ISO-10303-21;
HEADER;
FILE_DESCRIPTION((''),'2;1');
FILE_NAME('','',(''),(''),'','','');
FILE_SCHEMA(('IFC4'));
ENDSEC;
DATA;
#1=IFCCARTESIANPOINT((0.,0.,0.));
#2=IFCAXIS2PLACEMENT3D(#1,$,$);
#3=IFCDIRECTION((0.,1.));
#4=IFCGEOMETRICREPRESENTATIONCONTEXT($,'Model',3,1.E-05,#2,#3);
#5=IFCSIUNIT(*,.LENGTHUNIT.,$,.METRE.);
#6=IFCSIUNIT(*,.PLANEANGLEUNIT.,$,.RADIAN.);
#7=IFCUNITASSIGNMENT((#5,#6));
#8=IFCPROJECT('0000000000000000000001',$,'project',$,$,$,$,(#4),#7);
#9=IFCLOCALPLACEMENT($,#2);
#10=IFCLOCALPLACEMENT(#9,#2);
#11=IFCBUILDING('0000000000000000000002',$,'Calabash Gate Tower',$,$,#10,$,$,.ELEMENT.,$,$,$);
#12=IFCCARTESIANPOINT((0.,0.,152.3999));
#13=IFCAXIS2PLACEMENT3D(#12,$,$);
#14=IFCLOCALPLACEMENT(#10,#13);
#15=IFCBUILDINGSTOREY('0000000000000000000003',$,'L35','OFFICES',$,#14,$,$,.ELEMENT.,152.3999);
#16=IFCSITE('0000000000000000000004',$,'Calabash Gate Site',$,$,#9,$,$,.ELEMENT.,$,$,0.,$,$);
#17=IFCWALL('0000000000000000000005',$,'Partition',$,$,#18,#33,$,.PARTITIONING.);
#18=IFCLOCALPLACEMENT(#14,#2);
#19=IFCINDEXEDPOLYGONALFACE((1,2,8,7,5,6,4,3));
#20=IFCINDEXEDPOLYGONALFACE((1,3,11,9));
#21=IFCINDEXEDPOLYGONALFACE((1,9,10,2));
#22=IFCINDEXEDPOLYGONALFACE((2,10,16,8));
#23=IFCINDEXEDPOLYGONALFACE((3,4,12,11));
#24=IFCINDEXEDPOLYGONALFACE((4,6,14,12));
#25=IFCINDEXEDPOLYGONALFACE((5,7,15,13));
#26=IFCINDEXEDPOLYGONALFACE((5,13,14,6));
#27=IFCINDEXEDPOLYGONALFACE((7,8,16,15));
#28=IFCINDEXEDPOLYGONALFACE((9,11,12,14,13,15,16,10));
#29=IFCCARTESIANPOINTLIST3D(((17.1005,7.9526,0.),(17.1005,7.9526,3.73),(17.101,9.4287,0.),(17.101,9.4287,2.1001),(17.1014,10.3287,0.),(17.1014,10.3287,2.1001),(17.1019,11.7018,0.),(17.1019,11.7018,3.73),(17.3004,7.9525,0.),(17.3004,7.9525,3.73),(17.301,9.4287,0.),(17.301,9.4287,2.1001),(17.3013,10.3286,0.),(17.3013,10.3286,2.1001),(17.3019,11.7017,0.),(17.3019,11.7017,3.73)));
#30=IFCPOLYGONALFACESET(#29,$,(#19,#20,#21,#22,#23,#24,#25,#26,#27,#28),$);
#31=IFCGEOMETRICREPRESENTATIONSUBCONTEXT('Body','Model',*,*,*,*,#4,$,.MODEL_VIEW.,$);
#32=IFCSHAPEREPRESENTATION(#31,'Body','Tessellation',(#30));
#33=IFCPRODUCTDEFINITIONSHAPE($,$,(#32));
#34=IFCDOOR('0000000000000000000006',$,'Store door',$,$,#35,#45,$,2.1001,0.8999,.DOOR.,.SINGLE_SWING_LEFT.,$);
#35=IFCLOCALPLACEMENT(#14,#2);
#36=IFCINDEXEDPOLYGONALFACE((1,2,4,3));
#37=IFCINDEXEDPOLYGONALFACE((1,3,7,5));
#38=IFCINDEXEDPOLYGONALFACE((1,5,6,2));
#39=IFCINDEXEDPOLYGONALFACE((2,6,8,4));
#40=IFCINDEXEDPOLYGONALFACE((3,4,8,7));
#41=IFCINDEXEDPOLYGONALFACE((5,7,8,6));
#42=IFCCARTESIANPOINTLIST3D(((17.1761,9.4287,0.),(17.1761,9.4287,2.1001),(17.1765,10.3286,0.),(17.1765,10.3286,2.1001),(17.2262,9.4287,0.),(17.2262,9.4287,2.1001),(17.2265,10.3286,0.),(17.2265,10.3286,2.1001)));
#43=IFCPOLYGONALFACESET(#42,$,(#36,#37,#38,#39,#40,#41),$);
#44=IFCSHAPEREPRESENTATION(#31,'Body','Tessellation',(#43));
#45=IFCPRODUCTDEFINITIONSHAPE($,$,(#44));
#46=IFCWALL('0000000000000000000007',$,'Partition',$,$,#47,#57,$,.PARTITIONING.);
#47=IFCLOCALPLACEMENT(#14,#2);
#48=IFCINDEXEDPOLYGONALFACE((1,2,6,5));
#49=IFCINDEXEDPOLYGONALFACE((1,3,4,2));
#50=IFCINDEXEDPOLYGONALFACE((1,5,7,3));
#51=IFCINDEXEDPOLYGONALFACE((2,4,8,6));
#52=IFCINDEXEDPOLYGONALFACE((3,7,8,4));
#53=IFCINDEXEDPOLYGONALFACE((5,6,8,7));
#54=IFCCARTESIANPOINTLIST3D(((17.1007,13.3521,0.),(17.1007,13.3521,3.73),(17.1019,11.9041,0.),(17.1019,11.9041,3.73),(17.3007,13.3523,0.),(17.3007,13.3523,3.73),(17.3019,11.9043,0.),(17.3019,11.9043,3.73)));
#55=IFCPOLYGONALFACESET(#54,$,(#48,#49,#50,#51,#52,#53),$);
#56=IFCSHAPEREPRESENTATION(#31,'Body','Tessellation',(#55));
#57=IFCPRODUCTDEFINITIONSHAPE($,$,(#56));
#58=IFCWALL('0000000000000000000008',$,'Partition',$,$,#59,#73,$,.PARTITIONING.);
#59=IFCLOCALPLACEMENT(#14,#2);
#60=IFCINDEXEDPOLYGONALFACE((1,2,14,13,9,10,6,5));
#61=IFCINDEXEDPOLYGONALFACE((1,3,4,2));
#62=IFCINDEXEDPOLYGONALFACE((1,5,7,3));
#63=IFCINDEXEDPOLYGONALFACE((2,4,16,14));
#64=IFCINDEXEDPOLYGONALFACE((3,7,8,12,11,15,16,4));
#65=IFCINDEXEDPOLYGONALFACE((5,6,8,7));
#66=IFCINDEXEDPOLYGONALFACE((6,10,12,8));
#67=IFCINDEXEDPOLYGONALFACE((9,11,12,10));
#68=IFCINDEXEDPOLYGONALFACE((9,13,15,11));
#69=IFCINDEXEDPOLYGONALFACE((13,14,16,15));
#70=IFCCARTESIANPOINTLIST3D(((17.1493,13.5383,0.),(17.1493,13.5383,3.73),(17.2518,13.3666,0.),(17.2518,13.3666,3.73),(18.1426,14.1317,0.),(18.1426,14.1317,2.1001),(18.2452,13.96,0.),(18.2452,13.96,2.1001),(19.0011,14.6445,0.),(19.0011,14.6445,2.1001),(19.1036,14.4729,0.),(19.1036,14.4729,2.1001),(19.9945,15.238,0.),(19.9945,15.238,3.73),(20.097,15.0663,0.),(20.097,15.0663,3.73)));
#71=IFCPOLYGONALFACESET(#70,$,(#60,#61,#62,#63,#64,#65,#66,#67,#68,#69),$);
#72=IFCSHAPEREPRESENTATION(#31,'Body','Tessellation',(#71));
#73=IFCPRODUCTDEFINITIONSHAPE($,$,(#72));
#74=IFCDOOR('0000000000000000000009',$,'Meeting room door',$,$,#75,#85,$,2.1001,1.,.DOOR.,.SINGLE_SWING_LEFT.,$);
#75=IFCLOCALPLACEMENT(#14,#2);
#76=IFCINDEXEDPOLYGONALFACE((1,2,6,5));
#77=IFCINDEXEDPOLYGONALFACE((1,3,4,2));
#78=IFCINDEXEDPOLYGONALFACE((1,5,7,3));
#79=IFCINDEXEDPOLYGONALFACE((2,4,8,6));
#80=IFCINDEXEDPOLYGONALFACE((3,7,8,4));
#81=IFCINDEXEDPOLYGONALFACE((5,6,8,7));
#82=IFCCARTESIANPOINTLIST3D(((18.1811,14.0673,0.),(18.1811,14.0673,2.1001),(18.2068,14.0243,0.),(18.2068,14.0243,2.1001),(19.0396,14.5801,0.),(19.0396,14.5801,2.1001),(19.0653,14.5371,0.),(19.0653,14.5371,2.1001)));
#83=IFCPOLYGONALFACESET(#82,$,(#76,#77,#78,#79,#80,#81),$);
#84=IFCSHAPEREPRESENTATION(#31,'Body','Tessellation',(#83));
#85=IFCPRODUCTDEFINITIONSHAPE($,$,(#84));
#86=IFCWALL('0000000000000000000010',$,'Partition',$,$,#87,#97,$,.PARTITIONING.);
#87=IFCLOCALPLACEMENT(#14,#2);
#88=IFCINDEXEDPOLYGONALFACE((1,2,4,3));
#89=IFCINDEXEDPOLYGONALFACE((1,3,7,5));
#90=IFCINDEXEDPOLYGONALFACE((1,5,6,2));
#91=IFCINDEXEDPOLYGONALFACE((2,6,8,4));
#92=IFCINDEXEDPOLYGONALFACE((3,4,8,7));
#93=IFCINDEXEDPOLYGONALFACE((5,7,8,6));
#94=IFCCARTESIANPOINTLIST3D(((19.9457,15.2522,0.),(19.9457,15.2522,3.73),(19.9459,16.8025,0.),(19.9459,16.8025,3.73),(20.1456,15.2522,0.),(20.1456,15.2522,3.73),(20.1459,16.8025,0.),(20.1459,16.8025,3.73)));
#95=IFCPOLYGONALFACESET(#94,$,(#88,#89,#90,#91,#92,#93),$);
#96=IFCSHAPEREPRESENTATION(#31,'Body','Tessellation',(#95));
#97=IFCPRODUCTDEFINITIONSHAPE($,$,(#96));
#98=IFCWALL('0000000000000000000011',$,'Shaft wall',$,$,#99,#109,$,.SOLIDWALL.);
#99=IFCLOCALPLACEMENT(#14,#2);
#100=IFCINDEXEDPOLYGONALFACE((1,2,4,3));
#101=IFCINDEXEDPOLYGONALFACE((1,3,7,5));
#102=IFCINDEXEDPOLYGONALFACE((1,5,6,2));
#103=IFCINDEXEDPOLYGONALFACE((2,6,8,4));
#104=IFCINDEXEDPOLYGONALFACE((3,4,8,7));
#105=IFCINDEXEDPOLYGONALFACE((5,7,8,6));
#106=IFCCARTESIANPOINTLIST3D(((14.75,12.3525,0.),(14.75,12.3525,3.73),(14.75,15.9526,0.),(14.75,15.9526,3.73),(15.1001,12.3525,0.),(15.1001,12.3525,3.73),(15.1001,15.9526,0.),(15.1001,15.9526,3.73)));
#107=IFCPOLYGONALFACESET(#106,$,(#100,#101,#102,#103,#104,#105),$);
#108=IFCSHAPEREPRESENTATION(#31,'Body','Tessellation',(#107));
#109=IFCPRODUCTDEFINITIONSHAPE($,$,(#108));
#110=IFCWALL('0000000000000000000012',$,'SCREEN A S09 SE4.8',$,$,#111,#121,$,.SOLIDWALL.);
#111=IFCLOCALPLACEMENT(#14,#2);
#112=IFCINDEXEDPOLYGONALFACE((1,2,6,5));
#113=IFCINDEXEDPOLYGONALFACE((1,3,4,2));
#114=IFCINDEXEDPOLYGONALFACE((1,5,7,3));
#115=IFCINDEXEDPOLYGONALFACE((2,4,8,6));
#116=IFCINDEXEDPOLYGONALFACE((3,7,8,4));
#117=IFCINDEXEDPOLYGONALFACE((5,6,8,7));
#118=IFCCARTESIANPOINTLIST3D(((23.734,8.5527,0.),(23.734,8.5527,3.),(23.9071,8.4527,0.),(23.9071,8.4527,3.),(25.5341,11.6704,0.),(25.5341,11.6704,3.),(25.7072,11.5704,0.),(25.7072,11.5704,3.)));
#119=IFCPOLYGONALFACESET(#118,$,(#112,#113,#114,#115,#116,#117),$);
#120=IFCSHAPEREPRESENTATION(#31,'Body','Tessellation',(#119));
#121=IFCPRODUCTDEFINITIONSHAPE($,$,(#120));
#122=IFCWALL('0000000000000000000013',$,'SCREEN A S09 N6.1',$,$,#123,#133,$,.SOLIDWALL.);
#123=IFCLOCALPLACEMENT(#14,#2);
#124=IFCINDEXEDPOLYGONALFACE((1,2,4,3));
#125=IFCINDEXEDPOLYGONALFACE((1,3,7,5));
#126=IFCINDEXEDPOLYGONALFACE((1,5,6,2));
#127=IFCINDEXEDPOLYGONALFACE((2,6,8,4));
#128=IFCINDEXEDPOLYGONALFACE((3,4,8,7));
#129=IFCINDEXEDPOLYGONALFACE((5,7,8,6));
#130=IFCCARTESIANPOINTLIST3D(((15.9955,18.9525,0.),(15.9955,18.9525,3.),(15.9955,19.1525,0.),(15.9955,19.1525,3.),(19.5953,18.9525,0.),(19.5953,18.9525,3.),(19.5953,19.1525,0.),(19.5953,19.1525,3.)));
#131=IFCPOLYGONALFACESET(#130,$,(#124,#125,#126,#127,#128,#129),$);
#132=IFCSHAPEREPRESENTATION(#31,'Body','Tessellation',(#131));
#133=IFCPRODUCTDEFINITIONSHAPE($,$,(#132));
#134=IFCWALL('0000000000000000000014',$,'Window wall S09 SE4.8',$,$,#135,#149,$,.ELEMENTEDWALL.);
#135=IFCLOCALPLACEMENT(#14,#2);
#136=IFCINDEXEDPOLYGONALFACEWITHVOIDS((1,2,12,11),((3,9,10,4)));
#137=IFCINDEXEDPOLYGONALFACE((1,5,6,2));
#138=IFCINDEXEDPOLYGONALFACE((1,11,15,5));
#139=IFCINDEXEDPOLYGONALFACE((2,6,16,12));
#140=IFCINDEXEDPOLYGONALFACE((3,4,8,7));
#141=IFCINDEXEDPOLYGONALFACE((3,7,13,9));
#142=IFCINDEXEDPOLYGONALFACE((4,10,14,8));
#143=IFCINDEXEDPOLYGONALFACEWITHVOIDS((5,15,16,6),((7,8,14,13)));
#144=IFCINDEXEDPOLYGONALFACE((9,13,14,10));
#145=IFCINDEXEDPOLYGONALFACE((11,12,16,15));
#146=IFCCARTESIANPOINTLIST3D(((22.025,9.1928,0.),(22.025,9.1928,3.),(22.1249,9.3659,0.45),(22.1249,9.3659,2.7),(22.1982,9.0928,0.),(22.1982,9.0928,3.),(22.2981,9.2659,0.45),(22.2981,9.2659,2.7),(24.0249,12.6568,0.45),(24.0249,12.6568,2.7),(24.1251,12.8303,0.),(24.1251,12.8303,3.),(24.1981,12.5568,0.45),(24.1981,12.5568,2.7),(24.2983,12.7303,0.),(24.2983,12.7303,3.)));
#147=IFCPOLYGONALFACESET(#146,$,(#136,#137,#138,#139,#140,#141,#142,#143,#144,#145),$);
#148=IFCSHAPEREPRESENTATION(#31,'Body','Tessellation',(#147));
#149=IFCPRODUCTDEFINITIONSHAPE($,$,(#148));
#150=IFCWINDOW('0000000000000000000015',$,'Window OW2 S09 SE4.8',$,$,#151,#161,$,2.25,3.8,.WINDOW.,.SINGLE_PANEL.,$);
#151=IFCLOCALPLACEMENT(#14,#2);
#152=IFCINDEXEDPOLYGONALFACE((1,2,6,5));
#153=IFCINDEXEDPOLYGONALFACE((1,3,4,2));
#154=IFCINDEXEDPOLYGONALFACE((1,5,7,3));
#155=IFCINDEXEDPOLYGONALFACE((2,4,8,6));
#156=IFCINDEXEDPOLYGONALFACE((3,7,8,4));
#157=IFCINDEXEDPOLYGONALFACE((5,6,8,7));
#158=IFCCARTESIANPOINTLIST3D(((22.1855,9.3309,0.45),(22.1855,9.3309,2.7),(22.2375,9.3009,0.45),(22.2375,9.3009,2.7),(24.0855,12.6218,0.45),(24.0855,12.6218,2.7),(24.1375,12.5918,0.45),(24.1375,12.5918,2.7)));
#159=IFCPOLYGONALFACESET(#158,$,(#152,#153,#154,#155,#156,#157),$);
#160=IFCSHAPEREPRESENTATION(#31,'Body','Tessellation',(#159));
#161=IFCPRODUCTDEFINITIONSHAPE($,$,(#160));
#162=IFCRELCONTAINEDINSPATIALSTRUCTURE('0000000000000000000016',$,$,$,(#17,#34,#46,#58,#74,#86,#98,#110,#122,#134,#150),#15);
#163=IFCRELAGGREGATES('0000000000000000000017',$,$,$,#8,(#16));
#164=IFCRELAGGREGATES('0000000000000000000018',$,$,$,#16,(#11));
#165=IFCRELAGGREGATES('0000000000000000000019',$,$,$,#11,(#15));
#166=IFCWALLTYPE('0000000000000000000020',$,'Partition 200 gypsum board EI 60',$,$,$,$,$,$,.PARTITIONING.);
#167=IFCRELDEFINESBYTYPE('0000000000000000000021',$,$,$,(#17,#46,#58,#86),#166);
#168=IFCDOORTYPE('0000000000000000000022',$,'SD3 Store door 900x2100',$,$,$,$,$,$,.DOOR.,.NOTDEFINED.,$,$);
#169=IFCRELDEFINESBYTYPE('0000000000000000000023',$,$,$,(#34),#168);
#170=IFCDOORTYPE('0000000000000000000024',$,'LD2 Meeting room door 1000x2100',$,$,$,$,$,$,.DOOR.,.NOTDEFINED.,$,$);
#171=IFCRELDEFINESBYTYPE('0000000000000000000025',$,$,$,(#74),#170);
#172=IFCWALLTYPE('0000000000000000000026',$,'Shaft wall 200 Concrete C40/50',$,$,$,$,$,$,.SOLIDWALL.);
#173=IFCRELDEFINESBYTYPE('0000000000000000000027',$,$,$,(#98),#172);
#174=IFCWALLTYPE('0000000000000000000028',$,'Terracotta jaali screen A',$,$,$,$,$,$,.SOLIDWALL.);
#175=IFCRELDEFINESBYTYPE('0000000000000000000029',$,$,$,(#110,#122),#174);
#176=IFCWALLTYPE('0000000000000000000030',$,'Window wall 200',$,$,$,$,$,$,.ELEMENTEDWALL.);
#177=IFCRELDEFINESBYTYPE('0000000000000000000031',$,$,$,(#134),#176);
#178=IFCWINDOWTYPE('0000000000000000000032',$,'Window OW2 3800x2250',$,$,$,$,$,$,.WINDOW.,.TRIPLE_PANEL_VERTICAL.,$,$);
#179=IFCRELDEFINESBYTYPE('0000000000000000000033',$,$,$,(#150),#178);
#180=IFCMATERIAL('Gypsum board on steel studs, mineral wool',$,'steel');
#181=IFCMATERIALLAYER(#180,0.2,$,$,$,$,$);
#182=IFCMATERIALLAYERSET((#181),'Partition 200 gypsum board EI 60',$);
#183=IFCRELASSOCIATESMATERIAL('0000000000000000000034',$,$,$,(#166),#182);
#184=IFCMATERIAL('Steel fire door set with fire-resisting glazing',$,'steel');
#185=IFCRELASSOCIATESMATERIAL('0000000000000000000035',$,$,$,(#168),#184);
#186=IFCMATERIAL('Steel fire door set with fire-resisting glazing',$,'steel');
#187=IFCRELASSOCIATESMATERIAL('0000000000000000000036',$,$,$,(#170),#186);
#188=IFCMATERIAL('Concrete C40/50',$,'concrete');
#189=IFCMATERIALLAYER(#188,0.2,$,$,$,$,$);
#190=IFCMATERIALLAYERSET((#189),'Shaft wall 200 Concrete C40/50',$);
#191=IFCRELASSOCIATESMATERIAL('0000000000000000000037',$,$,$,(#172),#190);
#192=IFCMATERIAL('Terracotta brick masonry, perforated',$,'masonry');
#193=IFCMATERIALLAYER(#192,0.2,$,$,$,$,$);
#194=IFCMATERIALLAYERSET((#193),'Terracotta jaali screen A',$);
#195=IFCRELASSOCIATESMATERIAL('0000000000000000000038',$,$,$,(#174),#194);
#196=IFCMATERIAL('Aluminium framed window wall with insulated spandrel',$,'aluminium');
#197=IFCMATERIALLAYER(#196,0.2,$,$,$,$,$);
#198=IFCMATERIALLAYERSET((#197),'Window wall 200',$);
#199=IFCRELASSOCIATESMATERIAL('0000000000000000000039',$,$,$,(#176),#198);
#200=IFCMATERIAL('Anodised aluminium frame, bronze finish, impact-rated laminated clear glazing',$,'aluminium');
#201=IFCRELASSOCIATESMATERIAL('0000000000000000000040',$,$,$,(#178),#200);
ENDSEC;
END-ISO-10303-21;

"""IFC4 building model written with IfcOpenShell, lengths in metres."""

from ifc_helpers import new_model, si_unit, direction, frame, frame_2d, origin, place, context, subcontext, project, spatial, rectangle, extrude, material, layer, layer_set, type_object, element, fill, save


model = new_model("IFC4")

# Units and contexts
model_context = context("Model", 3, precision=1e-05, world=origin(), true_north=direction((0.0, 1.0)))
body_context = subcontext(model_context, "Body", "Model", "MODEL_VIEW")
ifc_project = project(units=[si_unit("LENGTHUNIT", "METRE"), si_unit("PLANEANGLEUNIT", "RADIAN")], contexts=[model_context])

# Site, building, storey
site_placement = place(None, origin())
site = spatial("IfcSite", under=ifc_project, at=site_placement, Name="Calabash Gate Site", CompositionType="ELEMENT", RefElevation=0.0)
building_placement = place(site_placement, origin())
building = spatial("IfcBuilding", under=site, at=building_placement, Name="Calabash Gate Tower", CompositionType="ELEMENT")
storey_placement = place(building_placement, frame((0.0, 0.0, 152.3999)))
storey = spatial("IfcBuildingStorey", under=building, at=storey_placement, Name="L35", Description="OFFICES", CompositionType="ELEMENT", Elevation=152.3999)

# Shared definitions
ifc_material_1 = material(Name="Gypsum board on steel studs, mineral wool", Category="steel")
ifc_layer_1 = layer(ifc_material_1, 0.2)
ifc_layer_set_1 = layer_set([ifc_layer_1], Name="Partition 200 gypsum board EI 60")
wall_type_1 = type_object("IfcWallType", Name="Partition 200 gypsum board EI 60", PredefinedType="PARTITIONING", material=ifc_layer_set_1)

# Wall, opening, door
wall_1_placement = place(storey_placement, frame((17.2004, 7.9526, 0.0), z_axis=(0.0, 0.0, 1.0), x_axis=(0.000391, 1.0, 0.0)))
wall_1 = element("IfcWall", 1, at=wall_1_placement, inside=storey, type_object=wall_type_1, Name="Partition", PredefinedType="PARTITIONING", context=body_context, shape_type="SweptSolid", body=[
    extrude(rectangle(XDim=3.7493, YDim=0.2, at=frame_2d((1.8745, 0.0))), origin(), (0.0, 0.0, 1.0), 3.73),
])
opening_1_placement = place(wall_1_placement, frame((1.4761, 0.0, 0.0)))
opening_1 = element("IfcOpeningElement", 2, at=opening_1_placement, cuts=wall_1, PredefinedType="OPENING", context=body_context, shape_type="SweptSolid", body=[
    extrude(rectangle(XDim=0.8999, YDim=2.1001, at=frame_2d((0.45, 1.05))), frame((0.0, 0.1099, 0.0), z_axis=(0.0, -1.0, 0.0), x_axis=(1.0, 0.0, 0.0)), (0.0, 0.0, 1.0), 0.22),
])
ifc_material_2 = material(Name="Steel fire door set with fire-resisting glazing", Category="steel")
door_type_1 = type_object("IfcDoorType", Name="SD3 Store door 900x2100", OperationType="NOTDEFINED", PredefinedType="DOOR", material=ifc_material_2)
door_1_placement = place(opening_1_placement, origin())
door_1 = element("IfcDoor", 3, at=door_1_placement, inside=storey, type_object=door_type_1, Name="Store door", OperationType="SINGLE_SWING_LEFT", OverallHeight=2.1001, OverallWidth=0.8999, PredefinedType="DOOR", context=body_context, shape_type="SweptSolid", body=[
    extrude(rectangle(XDim=0.8999, YDim=2.1001, at=frame_2d((0.45, 1.05))), frame((0.0, 0.0249, 0.0), z_axis=(0.0, -1.0, 0.0), x_axis=(1.0, 0.0, 0.0)), (0.0, 0.0, 1.0), 0.05),
])
fill(opening_1, door_1)

# Wall
wall_2_placement = place(storey_placement, frame((17.2007, 13.3523, 0.0), z_axis=(0.0, 0.0, 1.0), x_axis=(0.000843, -1.0, 0.0)))
element("IfcWall", 4, at=wall_2_placement, inside=storey, type_object=wall_type_1, Name="Partition", PredefinedType="PARTITIONING", context=body_context, shape_type="SweptSolid", body=[
    extrude(rectangle(XDim=1.448, YDim=0.2, at=frame_2d((0.7241, 0.0))), origin(), (0.0, 0.0, 1.0), 3.73),
])

# Wall, opening, door
wall_3_placement = place(storey_placement, frame((17.2004, 13.4524, 0.0), z_axis=(0.0, 0.0, 1.0), x_axis=(0.858479, 0.512848, 0.0)))
wall_3 = element("IfcWall", 5, at=wall_3_placement, inside=storey, type_object=wall_type_1, Name="Partition", PredefinedType="PARTITIONING", context=body_context, shape_type="SweptSolid", body=[
    extrude(rectangle(XDim=3.3142, YDim=0.2, at=frame_2d((1.6572, 0.0))), origin(), (0.0, 0.0, 1.0), 3.73),
])
opening_2_placement = place(wall_3_placement, frame((1.1572, 0.0, 0.0)))
opening_2 = element("IfcOpeningElement", 6, at=opening_2_placement, cuts=wall_3, PredefinedType="OPENING", context=body_context, shape_type="SweptSolid", body=[
    extrude(rectangle(XDim=1.0, YDim=2.1001, at=frame_2d((0.5, 1.05))), frame((0.0, 0.1099, 0.0), z_axis=(0.0, -1.0, 0.0), x_axis=(1.0, 0.0, 0.0)), (0.0, 0.0, 1.0), 0.22),
])
ifc_material_3 = material(Name="Steel fire door set with fire-resisting glazing", Category="steel")
door_type_2 = type_object("IfcDoorType", Name="LD2 Meeting room door 1000x2100", OperationType="NOTDEFINED", PredefinedType="DOOR", material=ifc_material_3)
door_2_placement = place(opening_2_placement, origin())
door_2 = element("IfcDoor", 7, at=door_2_placement, inside=storey, type_object=door_type_2, Name="Meeting room door", OperationType="SINGLE_SWING_LEFT", OverallHeight=2.1001, OverallWidth=1.0, PredefinedType="DOOR", context=body_context, shape_type="SweptSolid", body=[
    extrude(rectangle(XDim=1.0, YDim=2.1001, at=frame_2d((0.5, 1.05))), frame((0.0, 0.0249, 0.0), z_axis=(0.0, -1.0, 0.0), x_axis=(1.0, 0.0, 0.0)), (0.0, 0.0, 1.0), 0.05),
])
fill(opening_2, door_2)

# Walls
wall_4_placement = place(storey_placement, frame((20.0457, 15.2522, 0.0), z_axis=(0.0, 0.0, 1.0), x_axis=(0.000157, 1.0, 0.0)))
element("IfcWall", 8, at=wall_4_placement, inside=storey, type_object=wall_type_1, Name="Partition", PredefinedType="PARTITIONING", context=body_context, shape_type="SweptSolid", body=[
    extrude(rectangle(XDim=1.5503, YDim=0.2, at=frame_2d((0.7751, 0.0))), origin(), (0.0, 0.0, 1.0), 3.73),
])
ifc_material_4 = material(Name="Concrete C40/50", Category="concrete")
ifc_layer_2 = layer(ifc_material_4, 0.2)
ifc_layer_set_2 = layer_set([ifc_layer_2], Name="Shaft wall 200 Concrete C40/50")
wall_type_2 = type_object("IfcWallType", Name="Shaft wall 200 Concrete C40/50", PredefinedType="SOLIDWALL", material=ifc_layer_set_2)
wall_5_placement = place(storey_placement, frame((14.925, 12.3525, 0.0), z_axis=(0.0, 0.0, 1.0), x_axis=(0.0, 1.0, 0.0)))
element("IfcWall", 9, at=wall_5_placement, inside=storey, type_object=wall_type_2, Name="Shaft wall", PredefinedType="SOLIDWALL", context=body_context, shape_type="SweptSolid", body=[
    extrude(rectangle(XDim=3.6001, YDim=0.3501, at=frame_2d((1.8, 0.0))), origin(), (0.0, 0.0, 1.0), 3.73),
])
ifc_material_5 = material(Name="Terracotta brick masonry, perforated", Category="masonry")
ifc_layer_3 = layer(ifc_material_5, 0.2)
ifc_layer_set_3 = layer_set([ifc_layer_3], Name="Terracotta jaali screen A")
wall_type_3 = type_object("IfcWallType", Name="Terracotta jaali screen A", PredefinedType="SOLIDWALL", material=ifc_layer_set_3)
wall_6_placement = place(storey_placement, frame((23.8206, 8.5027, 0.0), z_axis=(0.0, 0.0, 1.0), x_axis=(0.500012, 0.866018, 0.0)))
element("IfcWall", 10, at=wall_6_placement, inside=storey, type_object=wall_type_3, Name="SCREEN A S09 SE4.8", PredefinedType="SOLIDWALL", context=body_context, shape_type="SweptSolid", body=[
    extrude(rectangle(XDim=3.6001, YDim=0.2, at=frame_2d((1.8, 0.0))), origin(), (0.0, 0.0, 1.0), 3.0),
])
wall_7_placement = place(storey_placement, frame((19.5952, 19.0525, 0.0), z_axis=(0.0, 0.0, 1.0), x_axis=(-1.0, 0.0, 0.0)))
element("IfcWall", 11, at=wall_7_placement, inside=storey, type_object=wall_type_3, Name="SCREEN A S09 N6.1", PredefinedType="SOLIDWALL", context=body_context, shape_type="SweptSolid", body=[
    extrude(rectangle(XDim=3.5999, YDim=0.2, at=frame_2d((1.7998, 0.0))), origin(), (0.0, 0.0, 1.0), 3.0),
])

# Wall, opening, window
ifc_material_6 = material(Name="Aluminium framed window wall with insulated spandrel", Category="aluminium")
ifc_layer_4 = layer(ifc_material_6, 0.2)
ifc_layer_set_4 = layer_set([ifc_layer_4], Name="Window wall 200")
wall_type_4 = type_object("IfcWallType", Name="Window wall 200", PredefinedType="ELEMENTEDWALL", material=ifc_layer_set_4)
wall_8_placement = place(storey_placement, frame((22.1116, 9.1428, 0.0), z_axis=(0.0, 0.0, 1.0), x_axis=(0.500003, 0.866024, 0.0)))
wall_8 = element("IfcWall", 12, at=wall_8_placement, inside=storey, type_object=wall_type_4, Name="Window wall S09 SE4.8", PredefinedType="ELEMENTEDWALL", context=body_context, shape_type="SweptSolid", body=[
    extrude(rectangle(XDim=4.2002, YDim=0.2, at=frame_2d((2.1001, 0.0))), origin(), (0.0, 0.0, 1.0), 3.0),
])
opening_3_placement = place(wall_8_placement, frame((0.2, 0.0, 0.45)))
opening_3 = element("IfcOpeningElement", 13, at=opening_3_placement, cuts=wall_8, PredefinedType="OPENING", context=body_context, shape_type="SweptSolid", body=[
    extrude(rectangle(XDim=3.8, YDim=2.25, at=frame_2d((1.8999, 1.125))), frame((0.0, 0.1099, 0.0), z_axis=(0.0, -1.0, 0.0), x_axis=(1.0, 0.0, 0.0)), (0.0, 0.0, 1.0), 0.22),
])
ifc_material_7 = material(Name="Anodised aluminium frame, bronze finish, impact-rated laminated clear glazing", Category="aluminium")
window_type_1 = type_object("IfcWindowType", Name="Window OW2 3800x2250", PartitioningType="TRIPLE_PANEL_VERTICAL", PredefinedType="WINDOW", material=ifc_material_7)
window_1_placement = place(opening_3_placement, origin())
window_1 = element("IfcWindow", 14, at=window_1_placement, inside=storey, type_object=window_type_1, Name="Window OW2 S09 SE4.8", OverallHeight=2.25, OverallWidth=3.8, PartitioningType="SINGLE_PANEL", PredefinedType="WINDOW", context=body_context, shape_type="SweptSolid", body=[
    extrude(rectangle(XDim=3.8, YDim=2.25, at=frame_2d((1.8999, 1.125))), frame((0.0, 0.03, 0.0), z_axis=(0.0, -1.0, 0.0), x_axis=(1.0, 0.0, 0.0)), (0.0, 0.0, 1.0), 0.0601),
])
fill(opening_3, window_1)

save(model, "model.ifc")
